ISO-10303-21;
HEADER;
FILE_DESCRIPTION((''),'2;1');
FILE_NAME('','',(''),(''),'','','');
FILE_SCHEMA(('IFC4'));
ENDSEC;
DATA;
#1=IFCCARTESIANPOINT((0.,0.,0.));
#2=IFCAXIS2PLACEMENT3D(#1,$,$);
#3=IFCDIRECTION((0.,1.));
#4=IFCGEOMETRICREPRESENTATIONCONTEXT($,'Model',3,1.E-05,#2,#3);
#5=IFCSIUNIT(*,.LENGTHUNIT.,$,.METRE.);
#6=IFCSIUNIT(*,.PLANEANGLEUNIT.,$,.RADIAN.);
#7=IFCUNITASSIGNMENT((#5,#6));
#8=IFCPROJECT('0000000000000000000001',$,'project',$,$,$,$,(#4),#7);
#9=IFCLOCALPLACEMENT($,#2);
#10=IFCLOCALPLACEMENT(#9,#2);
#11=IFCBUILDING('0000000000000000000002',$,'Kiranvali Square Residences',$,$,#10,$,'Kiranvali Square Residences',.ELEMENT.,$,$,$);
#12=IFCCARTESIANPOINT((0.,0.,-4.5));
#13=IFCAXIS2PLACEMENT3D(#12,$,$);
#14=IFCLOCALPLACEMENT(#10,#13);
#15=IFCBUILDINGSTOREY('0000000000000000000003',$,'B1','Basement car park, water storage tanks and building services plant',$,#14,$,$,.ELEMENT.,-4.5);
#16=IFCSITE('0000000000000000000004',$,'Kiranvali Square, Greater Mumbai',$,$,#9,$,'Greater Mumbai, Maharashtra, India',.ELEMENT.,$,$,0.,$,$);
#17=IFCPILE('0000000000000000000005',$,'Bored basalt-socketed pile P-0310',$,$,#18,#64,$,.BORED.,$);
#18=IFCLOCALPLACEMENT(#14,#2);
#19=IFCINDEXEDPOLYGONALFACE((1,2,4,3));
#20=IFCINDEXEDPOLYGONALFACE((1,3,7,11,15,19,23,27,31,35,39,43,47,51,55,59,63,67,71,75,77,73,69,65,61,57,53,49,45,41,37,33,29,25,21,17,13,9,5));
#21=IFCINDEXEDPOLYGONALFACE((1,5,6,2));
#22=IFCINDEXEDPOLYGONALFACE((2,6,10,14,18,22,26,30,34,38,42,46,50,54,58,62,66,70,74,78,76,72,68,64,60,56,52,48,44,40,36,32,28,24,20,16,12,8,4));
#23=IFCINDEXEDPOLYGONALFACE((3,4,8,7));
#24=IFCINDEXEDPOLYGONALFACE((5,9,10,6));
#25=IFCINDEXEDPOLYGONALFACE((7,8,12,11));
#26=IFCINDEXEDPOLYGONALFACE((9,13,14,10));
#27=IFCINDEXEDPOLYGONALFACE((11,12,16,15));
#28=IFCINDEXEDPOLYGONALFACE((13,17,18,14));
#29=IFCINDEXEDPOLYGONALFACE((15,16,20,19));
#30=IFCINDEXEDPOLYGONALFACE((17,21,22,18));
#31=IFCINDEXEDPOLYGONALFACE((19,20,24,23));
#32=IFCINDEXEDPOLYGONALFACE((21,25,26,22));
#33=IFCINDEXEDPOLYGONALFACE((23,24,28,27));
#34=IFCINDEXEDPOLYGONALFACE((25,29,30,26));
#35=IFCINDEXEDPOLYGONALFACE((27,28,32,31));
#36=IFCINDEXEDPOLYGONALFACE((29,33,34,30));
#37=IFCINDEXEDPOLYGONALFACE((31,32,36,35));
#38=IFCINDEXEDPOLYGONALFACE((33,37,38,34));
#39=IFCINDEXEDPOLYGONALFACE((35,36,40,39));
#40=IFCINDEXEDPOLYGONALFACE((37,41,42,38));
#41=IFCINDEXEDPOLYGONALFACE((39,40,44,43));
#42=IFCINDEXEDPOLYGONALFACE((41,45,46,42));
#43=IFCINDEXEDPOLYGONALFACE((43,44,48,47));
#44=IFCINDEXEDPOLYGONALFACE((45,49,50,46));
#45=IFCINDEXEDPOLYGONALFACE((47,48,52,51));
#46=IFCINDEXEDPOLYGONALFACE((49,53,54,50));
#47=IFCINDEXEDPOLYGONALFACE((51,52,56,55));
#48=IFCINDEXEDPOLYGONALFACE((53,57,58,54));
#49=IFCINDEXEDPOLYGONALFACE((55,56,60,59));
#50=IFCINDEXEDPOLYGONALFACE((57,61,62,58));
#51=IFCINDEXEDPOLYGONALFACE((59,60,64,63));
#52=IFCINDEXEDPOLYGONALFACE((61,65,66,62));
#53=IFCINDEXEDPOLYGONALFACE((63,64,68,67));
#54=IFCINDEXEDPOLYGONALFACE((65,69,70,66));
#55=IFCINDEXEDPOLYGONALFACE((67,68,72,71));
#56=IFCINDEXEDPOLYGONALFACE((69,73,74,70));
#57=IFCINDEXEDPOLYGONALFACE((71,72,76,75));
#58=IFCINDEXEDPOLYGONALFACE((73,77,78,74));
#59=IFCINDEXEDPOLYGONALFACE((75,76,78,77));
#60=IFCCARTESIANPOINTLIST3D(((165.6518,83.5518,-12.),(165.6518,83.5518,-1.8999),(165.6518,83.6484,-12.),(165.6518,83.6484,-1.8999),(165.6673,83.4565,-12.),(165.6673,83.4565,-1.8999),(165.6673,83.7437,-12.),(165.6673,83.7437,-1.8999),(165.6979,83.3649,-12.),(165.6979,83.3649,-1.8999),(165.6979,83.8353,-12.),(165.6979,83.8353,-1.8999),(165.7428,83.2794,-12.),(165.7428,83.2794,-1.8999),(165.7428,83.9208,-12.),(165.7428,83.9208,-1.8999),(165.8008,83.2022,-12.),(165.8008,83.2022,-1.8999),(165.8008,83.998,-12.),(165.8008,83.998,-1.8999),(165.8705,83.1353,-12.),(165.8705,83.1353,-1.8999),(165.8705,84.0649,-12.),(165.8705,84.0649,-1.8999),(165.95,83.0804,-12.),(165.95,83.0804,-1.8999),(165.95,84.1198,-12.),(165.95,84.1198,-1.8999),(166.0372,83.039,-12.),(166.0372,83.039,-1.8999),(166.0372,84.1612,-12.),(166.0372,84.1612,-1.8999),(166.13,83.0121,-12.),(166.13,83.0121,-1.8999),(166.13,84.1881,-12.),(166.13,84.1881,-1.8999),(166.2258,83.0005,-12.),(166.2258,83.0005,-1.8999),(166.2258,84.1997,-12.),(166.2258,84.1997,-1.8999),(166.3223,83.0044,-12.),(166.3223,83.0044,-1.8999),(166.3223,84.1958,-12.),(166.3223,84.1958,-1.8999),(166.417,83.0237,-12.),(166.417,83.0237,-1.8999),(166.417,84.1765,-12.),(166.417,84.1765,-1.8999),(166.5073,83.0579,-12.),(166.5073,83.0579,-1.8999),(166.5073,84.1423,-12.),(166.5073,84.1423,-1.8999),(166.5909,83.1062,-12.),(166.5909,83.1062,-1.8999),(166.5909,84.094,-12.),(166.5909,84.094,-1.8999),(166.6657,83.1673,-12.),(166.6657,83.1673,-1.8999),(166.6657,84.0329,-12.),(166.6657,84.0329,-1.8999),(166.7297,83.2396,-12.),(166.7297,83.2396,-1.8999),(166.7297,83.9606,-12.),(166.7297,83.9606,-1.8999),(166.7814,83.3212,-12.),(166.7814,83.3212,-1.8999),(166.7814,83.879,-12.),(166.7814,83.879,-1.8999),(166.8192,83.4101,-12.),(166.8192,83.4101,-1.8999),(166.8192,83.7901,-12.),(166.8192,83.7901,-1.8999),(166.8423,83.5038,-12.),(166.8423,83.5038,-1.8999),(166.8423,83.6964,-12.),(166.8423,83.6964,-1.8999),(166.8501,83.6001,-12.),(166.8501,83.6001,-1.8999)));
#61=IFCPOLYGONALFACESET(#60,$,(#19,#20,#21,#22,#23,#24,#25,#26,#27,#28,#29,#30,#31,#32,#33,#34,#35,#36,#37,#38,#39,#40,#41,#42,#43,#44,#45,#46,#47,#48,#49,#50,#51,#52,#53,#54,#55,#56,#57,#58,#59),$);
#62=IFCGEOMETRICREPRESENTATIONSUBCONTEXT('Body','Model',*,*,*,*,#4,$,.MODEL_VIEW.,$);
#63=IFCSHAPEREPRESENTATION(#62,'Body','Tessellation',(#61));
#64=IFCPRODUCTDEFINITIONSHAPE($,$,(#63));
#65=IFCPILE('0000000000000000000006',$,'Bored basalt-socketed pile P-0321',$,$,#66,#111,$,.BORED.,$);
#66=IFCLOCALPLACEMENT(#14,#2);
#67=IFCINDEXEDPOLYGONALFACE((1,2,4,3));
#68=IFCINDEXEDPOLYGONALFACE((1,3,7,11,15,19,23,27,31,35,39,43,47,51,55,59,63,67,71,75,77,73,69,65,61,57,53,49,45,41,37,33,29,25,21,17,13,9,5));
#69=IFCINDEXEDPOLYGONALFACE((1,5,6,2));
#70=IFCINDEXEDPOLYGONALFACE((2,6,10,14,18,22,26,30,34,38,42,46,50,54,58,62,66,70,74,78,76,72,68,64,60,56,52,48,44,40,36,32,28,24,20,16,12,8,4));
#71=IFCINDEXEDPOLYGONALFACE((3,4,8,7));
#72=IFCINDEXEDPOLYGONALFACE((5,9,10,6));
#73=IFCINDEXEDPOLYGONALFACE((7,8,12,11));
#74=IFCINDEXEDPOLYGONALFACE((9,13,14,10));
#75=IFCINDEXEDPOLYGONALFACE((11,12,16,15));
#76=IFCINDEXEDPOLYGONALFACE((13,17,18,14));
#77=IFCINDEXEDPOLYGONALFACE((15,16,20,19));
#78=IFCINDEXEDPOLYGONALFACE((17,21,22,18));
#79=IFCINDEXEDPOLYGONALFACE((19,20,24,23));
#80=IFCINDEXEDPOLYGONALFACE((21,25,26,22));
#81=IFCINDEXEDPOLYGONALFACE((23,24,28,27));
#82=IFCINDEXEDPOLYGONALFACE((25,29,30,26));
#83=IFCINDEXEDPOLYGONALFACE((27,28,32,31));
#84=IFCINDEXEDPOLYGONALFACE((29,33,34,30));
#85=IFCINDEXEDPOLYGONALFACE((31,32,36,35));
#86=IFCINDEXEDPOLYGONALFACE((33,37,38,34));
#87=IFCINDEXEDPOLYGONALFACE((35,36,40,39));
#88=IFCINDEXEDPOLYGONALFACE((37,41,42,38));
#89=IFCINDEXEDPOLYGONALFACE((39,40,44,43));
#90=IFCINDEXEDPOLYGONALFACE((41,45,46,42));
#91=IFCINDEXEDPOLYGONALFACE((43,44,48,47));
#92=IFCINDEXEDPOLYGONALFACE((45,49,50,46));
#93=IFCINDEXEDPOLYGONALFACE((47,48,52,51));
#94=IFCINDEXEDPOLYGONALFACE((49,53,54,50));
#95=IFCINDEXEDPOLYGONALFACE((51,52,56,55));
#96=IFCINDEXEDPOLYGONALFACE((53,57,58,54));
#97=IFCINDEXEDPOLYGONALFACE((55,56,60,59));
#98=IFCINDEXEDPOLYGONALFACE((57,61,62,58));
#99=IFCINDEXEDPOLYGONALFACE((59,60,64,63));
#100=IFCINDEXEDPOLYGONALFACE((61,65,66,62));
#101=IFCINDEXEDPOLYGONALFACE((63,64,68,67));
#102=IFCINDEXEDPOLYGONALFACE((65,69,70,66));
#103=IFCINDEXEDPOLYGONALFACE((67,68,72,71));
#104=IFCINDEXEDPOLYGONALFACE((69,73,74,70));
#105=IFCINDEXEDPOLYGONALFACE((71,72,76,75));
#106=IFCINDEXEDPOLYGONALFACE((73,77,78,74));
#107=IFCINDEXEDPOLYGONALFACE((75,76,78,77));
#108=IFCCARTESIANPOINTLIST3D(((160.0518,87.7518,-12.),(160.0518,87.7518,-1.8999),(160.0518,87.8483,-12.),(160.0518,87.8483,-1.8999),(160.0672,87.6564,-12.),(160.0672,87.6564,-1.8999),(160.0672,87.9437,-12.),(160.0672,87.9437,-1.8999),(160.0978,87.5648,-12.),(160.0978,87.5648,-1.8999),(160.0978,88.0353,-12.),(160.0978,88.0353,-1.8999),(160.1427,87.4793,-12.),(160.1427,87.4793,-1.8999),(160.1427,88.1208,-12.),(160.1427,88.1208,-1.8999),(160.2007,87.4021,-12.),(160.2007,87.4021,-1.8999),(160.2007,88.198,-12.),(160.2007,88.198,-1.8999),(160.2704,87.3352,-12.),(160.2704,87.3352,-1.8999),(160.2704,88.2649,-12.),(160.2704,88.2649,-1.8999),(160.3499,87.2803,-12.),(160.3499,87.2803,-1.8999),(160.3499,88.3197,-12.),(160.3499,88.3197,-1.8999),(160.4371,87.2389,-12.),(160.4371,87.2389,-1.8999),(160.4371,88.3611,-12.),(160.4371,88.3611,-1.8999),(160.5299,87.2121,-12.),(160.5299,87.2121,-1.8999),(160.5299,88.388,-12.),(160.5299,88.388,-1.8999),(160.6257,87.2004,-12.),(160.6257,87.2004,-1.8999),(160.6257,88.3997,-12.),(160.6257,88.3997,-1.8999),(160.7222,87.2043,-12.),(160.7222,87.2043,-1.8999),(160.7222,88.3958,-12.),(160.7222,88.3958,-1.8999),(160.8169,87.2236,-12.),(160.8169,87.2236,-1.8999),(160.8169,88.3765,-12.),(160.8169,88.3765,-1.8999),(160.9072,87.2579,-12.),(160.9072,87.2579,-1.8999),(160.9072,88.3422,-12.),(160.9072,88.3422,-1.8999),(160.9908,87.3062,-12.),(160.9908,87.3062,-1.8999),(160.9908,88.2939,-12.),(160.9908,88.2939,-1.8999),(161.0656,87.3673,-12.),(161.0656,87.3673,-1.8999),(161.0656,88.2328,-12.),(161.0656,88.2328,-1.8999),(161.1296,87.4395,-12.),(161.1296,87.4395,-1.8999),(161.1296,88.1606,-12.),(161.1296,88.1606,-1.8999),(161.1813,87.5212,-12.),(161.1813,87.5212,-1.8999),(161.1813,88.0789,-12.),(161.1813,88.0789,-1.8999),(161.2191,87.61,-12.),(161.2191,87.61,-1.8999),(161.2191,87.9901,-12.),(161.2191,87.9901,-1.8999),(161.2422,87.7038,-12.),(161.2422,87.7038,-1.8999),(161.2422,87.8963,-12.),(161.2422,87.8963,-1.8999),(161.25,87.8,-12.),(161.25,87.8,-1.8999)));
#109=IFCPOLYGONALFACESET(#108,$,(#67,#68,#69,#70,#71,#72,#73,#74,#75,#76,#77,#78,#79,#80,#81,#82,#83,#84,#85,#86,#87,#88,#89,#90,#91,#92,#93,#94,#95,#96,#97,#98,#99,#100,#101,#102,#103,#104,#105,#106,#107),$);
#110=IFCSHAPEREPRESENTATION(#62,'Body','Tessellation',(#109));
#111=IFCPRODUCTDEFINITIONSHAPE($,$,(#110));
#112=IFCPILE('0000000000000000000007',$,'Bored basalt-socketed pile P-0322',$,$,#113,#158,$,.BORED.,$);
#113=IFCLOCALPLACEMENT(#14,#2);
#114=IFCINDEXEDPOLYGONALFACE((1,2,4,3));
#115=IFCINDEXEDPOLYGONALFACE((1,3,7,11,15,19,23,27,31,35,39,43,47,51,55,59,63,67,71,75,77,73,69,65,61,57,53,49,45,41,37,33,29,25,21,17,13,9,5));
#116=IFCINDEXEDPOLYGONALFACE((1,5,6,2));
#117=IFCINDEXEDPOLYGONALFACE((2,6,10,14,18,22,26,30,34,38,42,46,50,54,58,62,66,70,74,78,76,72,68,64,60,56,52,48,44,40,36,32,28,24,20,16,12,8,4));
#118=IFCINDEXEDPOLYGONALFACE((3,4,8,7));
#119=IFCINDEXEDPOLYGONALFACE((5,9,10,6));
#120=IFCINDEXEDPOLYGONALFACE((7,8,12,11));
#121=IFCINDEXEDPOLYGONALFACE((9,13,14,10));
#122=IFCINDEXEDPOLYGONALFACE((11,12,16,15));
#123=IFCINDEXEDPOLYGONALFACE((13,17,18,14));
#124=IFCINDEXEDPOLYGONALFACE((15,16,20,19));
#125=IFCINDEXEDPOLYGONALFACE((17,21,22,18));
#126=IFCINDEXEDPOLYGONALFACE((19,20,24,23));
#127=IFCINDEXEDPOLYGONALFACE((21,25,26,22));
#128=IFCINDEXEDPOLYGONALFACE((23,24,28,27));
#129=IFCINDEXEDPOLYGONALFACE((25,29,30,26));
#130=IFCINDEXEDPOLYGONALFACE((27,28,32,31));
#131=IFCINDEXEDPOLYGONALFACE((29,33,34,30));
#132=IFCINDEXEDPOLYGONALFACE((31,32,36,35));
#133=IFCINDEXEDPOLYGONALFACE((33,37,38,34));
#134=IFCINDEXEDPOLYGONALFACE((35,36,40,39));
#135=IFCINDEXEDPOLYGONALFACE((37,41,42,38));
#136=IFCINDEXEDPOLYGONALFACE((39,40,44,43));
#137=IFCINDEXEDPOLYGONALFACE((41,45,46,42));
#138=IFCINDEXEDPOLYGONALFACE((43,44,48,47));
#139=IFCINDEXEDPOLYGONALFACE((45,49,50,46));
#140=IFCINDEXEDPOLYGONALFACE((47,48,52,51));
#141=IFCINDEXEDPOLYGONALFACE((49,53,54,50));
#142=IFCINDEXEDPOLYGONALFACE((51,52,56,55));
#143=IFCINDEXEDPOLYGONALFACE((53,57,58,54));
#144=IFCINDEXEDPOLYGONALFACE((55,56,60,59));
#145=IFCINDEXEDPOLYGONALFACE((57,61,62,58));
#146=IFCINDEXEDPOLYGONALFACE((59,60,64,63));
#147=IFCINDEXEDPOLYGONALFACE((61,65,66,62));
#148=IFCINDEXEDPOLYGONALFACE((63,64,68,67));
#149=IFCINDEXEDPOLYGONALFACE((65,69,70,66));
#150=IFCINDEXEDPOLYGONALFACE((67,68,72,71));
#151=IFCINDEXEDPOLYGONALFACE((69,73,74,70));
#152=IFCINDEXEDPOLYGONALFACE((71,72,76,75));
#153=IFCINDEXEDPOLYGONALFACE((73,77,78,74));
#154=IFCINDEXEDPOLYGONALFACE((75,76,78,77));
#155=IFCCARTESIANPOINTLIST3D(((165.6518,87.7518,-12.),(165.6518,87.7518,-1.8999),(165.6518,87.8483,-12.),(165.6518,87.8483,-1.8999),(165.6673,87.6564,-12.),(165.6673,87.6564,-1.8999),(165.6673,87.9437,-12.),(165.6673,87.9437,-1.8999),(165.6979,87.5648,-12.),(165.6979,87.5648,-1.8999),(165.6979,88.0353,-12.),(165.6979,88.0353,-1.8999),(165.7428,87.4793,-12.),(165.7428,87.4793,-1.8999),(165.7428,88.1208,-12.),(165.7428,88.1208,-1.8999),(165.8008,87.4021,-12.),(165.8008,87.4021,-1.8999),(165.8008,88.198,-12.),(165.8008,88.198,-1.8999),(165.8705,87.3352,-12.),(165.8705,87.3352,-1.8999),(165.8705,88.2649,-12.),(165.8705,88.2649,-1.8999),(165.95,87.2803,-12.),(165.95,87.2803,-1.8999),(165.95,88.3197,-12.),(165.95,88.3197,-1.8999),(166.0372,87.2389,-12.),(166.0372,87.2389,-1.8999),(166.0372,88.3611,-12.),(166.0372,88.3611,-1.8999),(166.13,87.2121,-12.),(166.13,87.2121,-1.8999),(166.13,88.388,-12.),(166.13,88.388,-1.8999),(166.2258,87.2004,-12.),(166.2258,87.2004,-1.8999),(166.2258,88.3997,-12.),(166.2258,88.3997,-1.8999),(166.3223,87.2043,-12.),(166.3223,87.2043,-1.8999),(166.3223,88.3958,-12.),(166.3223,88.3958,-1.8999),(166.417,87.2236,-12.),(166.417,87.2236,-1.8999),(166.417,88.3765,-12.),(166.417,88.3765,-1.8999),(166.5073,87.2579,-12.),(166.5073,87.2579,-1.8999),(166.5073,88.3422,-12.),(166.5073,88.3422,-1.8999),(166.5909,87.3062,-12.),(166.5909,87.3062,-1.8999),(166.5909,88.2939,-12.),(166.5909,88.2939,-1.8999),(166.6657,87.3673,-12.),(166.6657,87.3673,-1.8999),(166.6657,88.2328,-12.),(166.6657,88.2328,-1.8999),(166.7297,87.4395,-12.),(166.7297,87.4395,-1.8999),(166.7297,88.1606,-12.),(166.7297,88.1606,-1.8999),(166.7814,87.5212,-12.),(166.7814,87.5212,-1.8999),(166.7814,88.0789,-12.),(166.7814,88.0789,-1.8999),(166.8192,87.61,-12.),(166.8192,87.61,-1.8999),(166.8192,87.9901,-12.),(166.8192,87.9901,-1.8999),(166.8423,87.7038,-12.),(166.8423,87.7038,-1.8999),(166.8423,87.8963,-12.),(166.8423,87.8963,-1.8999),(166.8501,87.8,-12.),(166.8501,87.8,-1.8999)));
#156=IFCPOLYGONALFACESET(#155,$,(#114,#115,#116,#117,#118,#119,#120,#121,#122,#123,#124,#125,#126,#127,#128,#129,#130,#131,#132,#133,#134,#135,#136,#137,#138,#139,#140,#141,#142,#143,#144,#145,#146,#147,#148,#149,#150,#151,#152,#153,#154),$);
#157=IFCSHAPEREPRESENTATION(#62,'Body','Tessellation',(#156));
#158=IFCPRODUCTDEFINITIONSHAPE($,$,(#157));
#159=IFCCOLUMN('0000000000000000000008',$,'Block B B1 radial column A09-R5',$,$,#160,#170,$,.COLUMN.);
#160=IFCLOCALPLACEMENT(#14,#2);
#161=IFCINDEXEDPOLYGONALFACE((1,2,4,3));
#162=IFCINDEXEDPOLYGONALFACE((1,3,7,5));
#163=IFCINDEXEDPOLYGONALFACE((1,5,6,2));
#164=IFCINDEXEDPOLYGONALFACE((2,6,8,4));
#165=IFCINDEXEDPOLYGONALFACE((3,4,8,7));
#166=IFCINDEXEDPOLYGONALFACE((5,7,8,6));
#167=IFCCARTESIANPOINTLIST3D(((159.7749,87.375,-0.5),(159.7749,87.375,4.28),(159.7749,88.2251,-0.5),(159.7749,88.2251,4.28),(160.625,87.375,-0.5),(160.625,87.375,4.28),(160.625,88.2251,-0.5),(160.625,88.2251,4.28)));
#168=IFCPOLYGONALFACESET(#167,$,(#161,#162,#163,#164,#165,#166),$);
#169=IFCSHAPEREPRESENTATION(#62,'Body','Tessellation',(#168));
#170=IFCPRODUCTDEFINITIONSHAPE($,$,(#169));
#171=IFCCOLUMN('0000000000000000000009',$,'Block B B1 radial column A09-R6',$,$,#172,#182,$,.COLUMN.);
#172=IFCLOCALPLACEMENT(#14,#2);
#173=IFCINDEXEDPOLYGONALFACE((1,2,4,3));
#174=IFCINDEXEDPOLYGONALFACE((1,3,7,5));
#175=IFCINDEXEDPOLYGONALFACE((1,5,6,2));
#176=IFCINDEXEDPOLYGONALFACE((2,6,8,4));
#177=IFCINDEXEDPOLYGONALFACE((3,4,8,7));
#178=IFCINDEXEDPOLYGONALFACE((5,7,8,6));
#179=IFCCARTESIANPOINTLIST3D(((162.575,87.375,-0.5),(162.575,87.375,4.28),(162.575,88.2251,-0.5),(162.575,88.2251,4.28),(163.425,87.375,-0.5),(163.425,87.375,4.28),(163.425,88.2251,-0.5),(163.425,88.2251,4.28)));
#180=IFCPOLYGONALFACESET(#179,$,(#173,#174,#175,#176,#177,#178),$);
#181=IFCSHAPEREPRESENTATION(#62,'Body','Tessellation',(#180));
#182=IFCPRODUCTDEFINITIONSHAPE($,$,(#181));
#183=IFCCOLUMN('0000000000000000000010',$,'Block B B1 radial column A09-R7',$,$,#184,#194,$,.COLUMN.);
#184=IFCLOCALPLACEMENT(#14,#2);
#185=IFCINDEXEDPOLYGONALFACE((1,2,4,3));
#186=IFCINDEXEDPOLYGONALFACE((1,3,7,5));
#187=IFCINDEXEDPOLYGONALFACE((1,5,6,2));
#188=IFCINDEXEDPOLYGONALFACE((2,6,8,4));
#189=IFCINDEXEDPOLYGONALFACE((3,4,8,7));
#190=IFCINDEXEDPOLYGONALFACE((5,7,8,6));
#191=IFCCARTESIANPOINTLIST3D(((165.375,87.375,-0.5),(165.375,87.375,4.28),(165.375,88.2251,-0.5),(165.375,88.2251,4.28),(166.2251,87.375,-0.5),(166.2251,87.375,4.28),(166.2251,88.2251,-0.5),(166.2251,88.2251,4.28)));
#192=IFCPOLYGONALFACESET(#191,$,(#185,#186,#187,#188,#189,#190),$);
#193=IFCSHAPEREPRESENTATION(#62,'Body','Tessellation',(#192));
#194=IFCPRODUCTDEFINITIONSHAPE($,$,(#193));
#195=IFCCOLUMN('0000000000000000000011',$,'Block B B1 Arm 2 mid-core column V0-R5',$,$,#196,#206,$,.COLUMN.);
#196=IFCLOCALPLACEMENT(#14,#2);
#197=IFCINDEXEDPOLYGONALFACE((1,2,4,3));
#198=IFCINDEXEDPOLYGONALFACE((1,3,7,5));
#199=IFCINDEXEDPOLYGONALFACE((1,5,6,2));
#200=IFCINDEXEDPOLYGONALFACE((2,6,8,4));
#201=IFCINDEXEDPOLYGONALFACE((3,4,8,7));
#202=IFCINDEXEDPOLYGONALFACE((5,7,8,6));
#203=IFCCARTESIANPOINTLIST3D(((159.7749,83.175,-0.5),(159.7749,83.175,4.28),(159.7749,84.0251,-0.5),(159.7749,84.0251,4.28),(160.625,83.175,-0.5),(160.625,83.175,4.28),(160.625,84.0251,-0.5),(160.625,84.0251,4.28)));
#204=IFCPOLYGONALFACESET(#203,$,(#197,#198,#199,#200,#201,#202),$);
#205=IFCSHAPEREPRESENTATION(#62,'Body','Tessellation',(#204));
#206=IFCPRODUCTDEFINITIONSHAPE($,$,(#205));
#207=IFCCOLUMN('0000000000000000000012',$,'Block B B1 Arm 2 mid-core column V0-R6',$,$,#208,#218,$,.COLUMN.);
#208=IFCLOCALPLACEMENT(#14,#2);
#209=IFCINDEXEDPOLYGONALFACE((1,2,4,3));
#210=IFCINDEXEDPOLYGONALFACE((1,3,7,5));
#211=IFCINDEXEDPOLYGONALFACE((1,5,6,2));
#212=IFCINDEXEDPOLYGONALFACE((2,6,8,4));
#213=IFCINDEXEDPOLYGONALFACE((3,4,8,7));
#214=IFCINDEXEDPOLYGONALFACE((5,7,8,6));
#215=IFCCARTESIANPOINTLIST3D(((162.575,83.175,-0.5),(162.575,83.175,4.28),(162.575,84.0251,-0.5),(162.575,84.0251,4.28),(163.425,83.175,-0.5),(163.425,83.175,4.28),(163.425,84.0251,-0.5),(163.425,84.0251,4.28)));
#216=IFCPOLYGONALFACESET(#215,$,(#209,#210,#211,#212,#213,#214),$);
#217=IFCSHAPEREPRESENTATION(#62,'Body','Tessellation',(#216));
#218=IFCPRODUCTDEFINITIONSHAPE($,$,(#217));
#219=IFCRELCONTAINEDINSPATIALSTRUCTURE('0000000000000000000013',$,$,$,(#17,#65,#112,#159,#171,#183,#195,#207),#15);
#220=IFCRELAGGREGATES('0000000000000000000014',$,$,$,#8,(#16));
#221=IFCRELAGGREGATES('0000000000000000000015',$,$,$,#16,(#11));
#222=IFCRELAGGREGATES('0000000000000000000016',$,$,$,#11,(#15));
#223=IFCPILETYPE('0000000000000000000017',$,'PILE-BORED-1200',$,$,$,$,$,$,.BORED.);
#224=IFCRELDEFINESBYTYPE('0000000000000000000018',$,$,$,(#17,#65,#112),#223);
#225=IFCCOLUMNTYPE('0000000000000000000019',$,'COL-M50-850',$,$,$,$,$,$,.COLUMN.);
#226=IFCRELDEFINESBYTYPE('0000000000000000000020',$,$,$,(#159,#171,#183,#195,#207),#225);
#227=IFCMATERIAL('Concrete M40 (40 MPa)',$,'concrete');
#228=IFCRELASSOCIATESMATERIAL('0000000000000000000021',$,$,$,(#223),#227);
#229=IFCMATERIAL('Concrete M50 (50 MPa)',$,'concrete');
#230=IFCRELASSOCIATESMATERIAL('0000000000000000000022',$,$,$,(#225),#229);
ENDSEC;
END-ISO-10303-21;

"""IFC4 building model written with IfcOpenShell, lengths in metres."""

from ifc_helpers import new_model, si_unit, direction, frame, origin, origin_2d, place, context, subcontext, project, spatial, rectangle, circle, extrude, material, material_profile, profile_set, type_object, element, save


model = new_model("IFC4")

# Units and contexts
model_context = context("Model", 3, precision=1e-05, world=origin(), true_north=direction((0.0, 1.0)))
body_context = subcontext(model_context, "Body", "Model", "MODEL_VIEW")
ifc_project = project(units=[si_unit("LENGTHUNIT", "METRE"), si_unit("PLANEANGLEUNIT", "RADIAN")], contexts=[model_context])

# Site, building, storey
site_placement = place(None, origin())
site = spatial("IfcSite", under=ifc_project, at=site_placement, Name="Kiranvali Square, Greater Mumbai", LongName="Greater Mumbai, Maharashtra, India", CompositionType="ELEMENT", RefElevation=0.0)
building_placement = place(site_placement, origin())
building = spatial("IfcBuilding", under=site, at=building_placement, Name="Kiranvali Square Residences", LongName="Kiranvali Square Residences", CompositionType="ELEMENT")
storey_placement = place(building_placement, frame((0.0, 0.0, -4.5)))
storey = spatial("IfcBuildingStorey", under=building, at=storey_placement, Name="B1", Description="Basement car park, water storage tanks and building services plant", CompositionType="ELEMENT", Elevation=-4.5)

# Shared definitions
ifc_material_1 = material(Name="Concrete M40 (40 MPa)", Category="concrete")

# Piles
ifc_material_profile_1 = material_profile(ifc_material_1, circle(Radius=0.6001, at=origin_2d()), Name="BORED PILE 1200")
ifc_profile_set_1 = profile_set([ifc_material_profile_1], Name="Concrete M40 (40 MPa)")
pile_type = type_object("IfcPileType", Name="PILE-BORED-1200", PredefinedType="BORED", material=ifc_profile_set_1)
for number, where, z_axis, x_axis, name in (
    (1, (166.25, 83.6001, -1.8999), (0.0, 0.0, -1.0), (1.0, 0.0, 0.0), "Bored basalt-socketed pile P-0310"),
    (2, (160.6499, 87.8, -1.8999), (0.0, 0.0, -1.0), (1.0, 0.0, 0.0), "Bored basalt-socketed pile P-0321"),
    (3, (166.25, 87.8, -1.8999), (0.0, 0.0, -1.0), (1.0, 0.0, 0.0), "Bored basalt-socketed pile P-0322"),
):
    element("IfcPile", number, at=place(storey_placement, frame(where, z_axis=z_axis, x_axis=x_axis)), inside=storey, type_object=pile_type, Name=name, PredefinedType="BORED", context=body_context, shape_type="SweptSolid", body=[
        extrude(circle(Radius=0.6001, at=origin_2d()), origin(), (0.0, 0.0, 1.0), 10.1001),
    ])

# Columns
ifc_material_2 = material(Name="Concrete M50 (50 MPa)", Category="concrete")
ifc_material_profile_2 = material_profile(ifc_material_2, rectangle(XDim=0.8501, YDim=0.8501, at=origin_2d()), Name="RC 850x850")
ifc_profile_set_2 = profile_set([ifc_material_profile_2], Name="Concrete M50 (50 MPa)")
column_type = type_object("IfcColumnType", Name="COL-M50-850", PredefinedType="COLUMN", material=ifc_profile_set_2)
for number, where, z_axis, x_axis, name in (
    (4, (160.2, 87.8, -0.5), (0.0, 0.0, 1.0), (0.0, 1.0, 0.0), "Block B B1 radial column A09-R5"),
    (5, (163.0, 87.8, -0.5), (0.0, 0.0, 1.0), (0.0, 1.0, 0.0), "Block B B1 radial column A09-R6"),
    (6, (165.8, 87.8, -0.5), (0.0, 0.0, 1.0), (0.0, 1.0, 0.0), "Block B B1 radial column A09-R7"),
    (7, (160.2, 83.6001, -0.5), (0.0, 0.0, 1.0), (1.0, 0.0, 0.0), "Block B B1 Arm 2 mid-core column V0-R5"),
    (8, (163.0, 83.6001, -0.5), (0.0, 0.0, 1.0), (1.0, 0.0, 0.0), "Block B B1 Arm 2 mid-core column V0-R6"),
):
    element("IfcColumn", number, at=place(storey_placement, frame(where, z_axis=z_axis, x_axis=x_axis)), inside=storey, type_object=column_type, Name=name, PredefinedType="COLUMN", context=body_context, shape_type="SweptSolid", body=[
        extrude(rectangle(XDim=0.8501, YDim=0.8501, at=origin_2d()), origin(), (0.0, 0.0, 1.0), 4.78),
    ])

save(model, "model.ifc")
